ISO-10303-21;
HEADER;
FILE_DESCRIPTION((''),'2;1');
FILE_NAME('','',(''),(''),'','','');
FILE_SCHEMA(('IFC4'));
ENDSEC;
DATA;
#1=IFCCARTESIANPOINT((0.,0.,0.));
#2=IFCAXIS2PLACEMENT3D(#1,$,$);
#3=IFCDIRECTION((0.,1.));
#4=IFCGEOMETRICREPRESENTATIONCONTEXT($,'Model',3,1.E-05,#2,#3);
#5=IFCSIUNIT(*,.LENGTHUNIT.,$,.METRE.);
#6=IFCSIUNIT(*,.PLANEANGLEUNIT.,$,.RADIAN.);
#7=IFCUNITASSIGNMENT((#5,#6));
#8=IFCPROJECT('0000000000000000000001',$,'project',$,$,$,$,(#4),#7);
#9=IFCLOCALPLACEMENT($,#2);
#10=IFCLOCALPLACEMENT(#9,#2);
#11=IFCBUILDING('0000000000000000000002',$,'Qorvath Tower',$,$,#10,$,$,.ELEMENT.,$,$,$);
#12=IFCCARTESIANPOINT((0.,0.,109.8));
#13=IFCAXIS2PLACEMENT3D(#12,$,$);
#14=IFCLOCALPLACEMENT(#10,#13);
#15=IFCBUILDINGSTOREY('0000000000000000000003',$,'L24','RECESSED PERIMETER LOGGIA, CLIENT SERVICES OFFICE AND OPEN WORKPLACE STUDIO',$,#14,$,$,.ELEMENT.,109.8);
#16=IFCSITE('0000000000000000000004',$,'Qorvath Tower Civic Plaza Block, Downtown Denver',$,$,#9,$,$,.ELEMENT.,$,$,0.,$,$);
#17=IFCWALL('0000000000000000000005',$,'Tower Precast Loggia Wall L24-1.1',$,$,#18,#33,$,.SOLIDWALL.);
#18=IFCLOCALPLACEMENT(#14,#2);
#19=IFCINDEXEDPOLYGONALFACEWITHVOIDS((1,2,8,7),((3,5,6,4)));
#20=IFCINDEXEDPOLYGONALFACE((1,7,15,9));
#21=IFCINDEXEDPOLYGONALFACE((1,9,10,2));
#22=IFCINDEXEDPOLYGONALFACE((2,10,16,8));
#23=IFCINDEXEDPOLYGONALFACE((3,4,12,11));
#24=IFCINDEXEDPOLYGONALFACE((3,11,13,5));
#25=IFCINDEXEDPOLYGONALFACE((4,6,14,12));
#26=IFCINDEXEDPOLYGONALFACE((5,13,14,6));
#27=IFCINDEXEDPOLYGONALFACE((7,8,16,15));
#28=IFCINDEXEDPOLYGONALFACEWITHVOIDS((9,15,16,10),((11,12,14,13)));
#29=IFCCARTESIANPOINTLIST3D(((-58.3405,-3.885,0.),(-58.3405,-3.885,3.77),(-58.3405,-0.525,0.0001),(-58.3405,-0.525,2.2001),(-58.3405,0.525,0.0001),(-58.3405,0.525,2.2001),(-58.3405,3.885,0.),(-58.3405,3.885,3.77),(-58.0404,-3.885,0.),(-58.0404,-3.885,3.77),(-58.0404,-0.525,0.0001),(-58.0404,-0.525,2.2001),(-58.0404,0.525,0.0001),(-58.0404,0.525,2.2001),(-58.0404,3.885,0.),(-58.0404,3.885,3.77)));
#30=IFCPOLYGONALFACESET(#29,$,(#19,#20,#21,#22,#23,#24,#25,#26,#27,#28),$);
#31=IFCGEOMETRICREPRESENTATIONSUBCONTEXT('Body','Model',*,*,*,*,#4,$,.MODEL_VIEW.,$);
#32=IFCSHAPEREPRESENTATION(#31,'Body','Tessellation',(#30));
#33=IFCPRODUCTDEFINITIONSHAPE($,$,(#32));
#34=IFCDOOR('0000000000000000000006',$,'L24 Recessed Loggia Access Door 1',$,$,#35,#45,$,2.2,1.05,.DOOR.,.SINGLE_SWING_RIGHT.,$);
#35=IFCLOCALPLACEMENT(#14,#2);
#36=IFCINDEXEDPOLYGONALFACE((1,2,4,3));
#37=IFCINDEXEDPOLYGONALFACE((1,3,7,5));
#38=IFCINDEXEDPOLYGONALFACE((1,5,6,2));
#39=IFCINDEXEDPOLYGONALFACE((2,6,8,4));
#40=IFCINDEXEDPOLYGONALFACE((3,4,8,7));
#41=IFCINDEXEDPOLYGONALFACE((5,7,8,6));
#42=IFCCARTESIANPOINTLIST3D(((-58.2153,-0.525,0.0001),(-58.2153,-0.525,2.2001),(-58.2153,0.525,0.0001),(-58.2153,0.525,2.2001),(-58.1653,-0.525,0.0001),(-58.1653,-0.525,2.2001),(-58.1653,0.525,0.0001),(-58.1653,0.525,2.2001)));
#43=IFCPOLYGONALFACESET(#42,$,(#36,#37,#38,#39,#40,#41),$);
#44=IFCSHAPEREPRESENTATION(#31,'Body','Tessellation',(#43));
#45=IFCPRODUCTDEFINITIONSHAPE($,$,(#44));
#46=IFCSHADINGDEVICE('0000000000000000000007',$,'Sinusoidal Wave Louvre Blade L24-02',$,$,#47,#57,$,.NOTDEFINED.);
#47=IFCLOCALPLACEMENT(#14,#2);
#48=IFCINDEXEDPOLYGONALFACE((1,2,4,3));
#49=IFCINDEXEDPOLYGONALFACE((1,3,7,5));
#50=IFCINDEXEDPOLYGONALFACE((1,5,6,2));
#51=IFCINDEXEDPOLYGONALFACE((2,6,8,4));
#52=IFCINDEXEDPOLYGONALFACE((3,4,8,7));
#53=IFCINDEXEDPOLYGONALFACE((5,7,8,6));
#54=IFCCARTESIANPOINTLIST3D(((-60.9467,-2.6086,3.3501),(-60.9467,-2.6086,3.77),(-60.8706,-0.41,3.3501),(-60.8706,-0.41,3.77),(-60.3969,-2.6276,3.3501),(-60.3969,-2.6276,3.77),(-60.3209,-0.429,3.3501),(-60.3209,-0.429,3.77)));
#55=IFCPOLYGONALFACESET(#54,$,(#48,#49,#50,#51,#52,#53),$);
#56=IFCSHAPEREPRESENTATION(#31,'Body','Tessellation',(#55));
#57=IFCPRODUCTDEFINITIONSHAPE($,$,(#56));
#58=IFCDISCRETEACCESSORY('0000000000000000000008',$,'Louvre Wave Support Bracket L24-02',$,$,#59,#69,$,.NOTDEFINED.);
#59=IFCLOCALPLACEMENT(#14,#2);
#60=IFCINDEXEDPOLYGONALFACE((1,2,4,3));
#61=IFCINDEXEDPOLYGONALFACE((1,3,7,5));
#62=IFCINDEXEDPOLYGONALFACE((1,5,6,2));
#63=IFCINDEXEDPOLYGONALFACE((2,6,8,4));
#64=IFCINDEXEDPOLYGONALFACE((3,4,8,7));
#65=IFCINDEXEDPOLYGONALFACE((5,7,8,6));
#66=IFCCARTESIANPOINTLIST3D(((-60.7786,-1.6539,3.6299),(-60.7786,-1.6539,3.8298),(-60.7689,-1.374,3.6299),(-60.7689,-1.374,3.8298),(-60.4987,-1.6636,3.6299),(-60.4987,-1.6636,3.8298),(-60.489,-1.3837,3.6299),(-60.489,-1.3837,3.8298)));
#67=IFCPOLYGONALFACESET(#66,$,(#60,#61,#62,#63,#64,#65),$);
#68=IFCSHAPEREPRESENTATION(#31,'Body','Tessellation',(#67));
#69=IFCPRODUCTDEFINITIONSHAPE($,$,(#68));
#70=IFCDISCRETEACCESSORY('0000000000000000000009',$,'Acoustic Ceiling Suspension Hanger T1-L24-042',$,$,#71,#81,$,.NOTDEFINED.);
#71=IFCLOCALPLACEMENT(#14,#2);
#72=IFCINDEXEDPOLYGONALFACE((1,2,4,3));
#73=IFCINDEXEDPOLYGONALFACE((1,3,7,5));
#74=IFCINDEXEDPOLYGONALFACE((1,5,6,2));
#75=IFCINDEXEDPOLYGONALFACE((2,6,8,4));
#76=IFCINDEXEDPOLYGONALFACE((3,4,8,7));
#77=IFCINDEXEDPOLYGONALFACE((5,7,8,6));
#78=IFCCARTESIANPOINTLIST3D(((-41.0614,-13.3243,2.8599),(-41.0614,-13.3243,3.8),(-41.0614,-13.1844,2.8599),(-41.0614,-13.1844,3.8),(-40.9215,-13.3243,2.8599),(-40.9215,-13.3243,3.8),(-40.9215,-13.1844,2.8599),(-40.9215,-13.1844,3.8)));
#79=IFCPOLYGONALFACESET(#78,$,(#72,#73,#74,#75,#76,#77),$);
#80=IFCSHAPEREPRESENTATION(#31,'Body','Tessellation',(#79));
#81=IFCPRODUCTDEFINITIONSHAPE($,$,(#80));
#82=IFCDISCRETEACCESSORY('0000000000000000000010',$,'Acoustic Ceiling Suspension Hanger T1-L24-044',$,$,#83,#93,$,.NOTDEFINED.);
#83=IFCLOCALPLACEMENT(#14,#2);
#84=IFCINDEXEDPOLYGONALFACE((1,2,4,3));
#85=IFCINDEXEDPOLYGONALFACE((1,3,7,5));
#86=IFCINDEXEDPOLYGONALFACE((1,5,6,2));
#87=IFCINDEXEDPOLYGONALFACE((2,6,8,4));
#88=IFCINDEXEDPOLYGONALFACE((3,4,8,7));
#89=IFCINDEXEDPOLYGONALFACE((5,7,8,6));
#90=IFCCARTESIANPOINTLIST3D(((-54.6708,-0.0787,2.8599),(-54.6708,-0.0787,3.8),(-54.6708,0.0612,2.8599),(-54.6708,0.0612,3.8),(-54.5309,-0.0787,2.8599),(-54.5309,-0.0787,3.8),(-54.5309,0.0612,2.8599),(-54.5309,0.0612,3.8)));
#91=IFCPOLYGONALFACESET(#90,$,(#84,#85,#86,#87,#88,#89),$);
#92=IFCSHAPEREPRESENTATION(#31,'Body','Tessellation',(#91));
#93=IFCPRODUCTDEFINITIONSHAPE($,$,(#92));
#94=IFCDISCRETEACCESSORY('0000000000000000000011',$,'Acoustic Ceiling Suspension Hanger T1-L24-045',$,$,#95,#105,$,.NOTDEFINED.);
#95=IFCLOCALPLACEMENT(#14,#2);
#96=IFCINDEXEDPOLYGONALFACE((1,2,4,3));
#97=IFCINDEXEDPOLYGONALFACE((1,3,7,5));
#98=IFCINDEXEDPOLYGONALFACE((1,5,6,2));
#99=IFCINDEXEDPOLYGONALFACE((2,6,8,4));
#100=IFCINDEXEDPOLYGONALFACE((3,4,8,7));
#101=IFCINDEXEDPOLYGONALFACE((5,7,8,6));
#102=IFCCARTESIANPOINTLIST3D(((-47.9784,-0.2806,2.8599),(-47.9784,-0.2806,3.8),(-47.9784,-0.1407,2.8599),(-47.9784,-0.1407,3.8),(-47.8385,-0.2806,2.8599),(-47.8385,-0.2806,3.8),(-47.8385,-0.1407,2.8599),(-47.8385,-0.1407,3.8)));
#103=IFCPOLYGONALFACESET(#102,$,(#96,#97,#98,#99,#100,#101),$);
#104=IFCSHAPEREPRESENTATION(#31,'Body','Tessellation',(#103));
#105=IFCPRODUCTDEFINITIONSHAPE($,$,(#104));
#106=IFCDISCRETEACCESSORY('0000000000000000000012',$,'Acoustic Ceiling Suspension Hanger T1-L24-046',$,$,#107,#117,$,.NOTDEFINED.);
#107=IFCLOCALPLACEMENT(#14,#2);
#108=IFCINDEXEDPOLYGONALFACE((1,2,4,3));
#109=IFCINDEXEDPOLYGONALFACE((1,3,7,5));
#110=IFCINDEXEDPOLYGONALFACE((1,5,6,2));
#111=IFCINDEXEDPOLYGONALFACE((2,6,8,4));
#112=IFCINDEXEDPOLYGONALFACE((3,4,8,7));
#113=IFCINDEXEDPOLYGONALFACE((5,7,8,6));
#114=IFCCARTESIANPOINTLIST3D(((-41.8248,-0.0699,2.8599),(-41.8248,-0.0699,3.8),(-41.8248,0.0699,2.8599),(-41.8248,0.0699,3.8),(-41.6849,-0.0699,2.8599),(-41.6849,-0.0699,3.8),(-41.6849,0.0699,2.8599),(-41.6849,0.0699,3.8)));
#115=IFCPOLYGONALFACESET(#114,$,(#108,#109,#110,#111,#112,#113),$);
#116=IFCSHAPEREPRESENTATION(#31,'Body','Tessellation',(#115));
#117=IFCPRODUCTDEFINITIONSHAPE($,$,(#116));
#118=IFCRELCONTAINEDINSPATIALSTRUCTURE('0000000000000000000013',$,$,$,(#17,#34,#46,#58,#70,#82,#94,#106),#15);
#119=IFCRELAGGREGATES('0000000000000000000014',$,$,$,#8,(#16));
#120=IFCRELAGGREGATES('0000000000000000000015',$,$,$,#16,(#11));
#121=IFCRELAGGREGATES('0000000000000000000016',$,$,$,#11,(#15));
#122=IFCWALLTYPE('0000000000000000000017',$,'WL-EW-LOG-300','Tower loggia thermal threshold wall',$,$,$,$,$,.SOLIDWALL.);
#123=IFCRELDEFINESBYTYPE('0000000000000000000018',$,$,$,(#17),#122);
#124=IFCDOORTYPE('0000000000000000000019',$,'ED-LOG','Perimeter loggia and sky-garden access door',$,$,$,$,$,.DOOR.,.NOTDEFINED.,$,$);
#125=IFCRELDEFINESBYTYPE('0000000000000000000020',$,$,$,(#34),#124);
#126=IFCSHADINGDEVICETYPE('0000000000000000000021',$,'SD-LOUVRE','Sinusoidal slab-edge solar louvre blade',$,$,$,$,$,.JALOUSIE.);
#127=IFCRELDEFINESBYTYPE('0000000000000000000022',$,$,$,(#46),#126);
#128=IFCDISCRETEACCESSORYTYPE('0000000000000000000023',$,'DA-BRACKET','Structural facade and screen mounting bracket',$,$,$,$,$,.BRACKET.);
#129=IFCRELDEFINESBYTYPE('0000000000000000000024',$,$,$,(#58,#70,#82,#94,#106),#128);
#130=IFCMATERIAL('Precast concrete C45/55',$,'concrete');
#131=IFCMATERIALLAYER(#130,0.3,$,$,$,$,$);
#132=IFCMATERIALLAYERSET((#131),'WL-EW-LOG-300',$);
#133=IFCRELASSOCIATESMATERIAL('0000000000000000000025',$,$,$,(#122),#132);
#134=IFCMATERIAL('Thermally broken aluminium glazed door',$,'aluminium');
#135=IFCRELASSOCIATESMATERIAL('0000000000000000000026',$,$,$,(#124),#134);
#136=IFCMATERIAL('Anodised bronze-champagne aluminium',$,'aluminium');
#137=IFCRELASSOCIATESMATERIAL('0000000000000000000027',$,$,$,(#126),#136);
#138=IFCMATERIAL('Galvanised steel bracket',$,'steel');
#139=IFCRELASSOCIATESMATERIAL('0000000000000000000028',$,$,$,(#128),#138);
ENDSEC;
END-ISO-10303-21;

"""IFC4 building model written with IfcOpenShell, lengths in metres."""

from ifc_helpers import new_model, si_unit, direction, frame, frame_2d, origin, origin_2d, place, context, subcontext, project, spatial, rectangle, extrude, material, layer, layer_set, type_object, element, fill, save


model = new_model("IFC4")

# Units and contexts
model_context = context("Model", 3, precision=1e-05, world=origin(), true_north=direction((0.0, 1.0)))
body_context = subcontext(model_context, "Body", "Model", "MODEL_VIEW")
ifc_project = project(units=[si_unit("LENGTHUNIT", "METRE"), si_unit("PLANEANGLEUNIT", "RADIAN")], contexts=[model_context])

# Site, building, storey
site_placement = place(None, origin())
site = spatial("IfcSite", under=ifc_project, at=site_placement, Name="Qorvath Tower Civic Plaza Block, Downtown Denver", CompositionType="ELEMENT", RefElevation=0.0)
building_placement = place(site_placement, origin())
building = spatial("IfcBuilding", under=site, at=building_placement, Name="Qorvath Tower", CompositionType="ELEMENT")
storey_placement = place(building_placement, frame((0.0, 0.0, 109.8)))
storey = spatial("IfcBuildingStorey", under=building, at=storey_placement, Name="L24", Description="RECESSED PERIMETER LOGGIA, CLIENT SERVICES OFFICE AND OPEN WORKPLACE STUDIO", CompositionType="ELEMENT", Elevation=109.8)

# Wall, opening, door
ifc_material_1 = material(Name="Precast concrete C45/55", Category="concrete")
ifc_layer_1 = layer(ifc_material_1, 0.3)
ifc_layer_set_1 = layer_set([ifc_layer_1], Name="WL-EW-LOG-300")
wall_type_1 = type_object("IfcWallType", Name="WL-EW-LOG-300", Description="Tower loggia thermal threshold wall", PredefinedType="SOLIDWALL", material=ifc_layer_set_1)
wall_1_placement = place(storey_placement, frame((-58.1904, -3.885, 0.0), z_axis=(0.0, 0.0, 1.0), x_axis=(0.0, 1.0, 0.0)))
wall_1 = element("IfcWall", 1, at=wall_1_placement, inside=storey, type_object=wall_type_1, Name="Tower Precast Loggia Wall L24-1.1", PredefinedType="SOLIDWALL", context=body_context, shape_type="SweptSolid", body=[
    extrude(rectangle(XDim=7.77, YDim=0.3, at=frame_2d((3.885, 0.0))), origin(), (0.0, 0.0, 1.0), 3.77),
])
opening_1_placement = place(wall_1_placement, frame((3.3601, 0.0, 0.0)))
opening_1 = element("IfcOpeningElement", 2, at=opening_1_placement, cuts=wall_1, PredefinedType="OPENING", context=body_context, shape_type="SweptSolid", body=[
    extrude(rectangle(XDim=1.05, YDim=2.2, at=frame_2d((0.5249, 1.1001))), frame((0.0, 0.1602, 0.0), z_axis=(0.0, -1.0, 0.0), x_axis=(1.0, 0.0, 0.0)), (0.0, 0.0, 1.0), 0.3201),
])
ifc_material_2 = material(Name="Thermally broken aluminium glazed door", Category="aluminium")
door_type_1 = type_object("IfcDoorType", Name="ED-LOG", Description="Perimeter loggia and sky-garden access door", OperationType="NOTDEFINED", PredefinedType="DOOR", material=ifc_material_2)
door_1_placement = place(opening_1_placement, origin())
door_1 = element("IfcDoor", 3, at=door_1_placement, inside=storey, type_object=door_type_1, Name="L24 Recessed Loggia Access Door 1", OperationType="SINGLE_SWING_RIGHT", OverallHeight=2.2, OverallWidth=1.05, PredefinedType="DOOR", context=body_context, shape_type="SweptSolid", body=[
    extrude(rectangle(XDim=1.05, YDim=2.2, at=frame_2d((0.5249, 1.1001))), frame((0.0, 0.0249, 0.0), z_axis=(0.0, -1.0, 0.0), x_axis=(1.0, 0.0, 0.0)), (0.0, 0.0, 1.0), 0.05),
])
fill(opening_1, door_1)

# Shading device
ifc_material_3 = material(Name="Anodised bronze-champagne aluminium", Category="aluminium")
shading_device_type = type_object("IfcShadingDeviceType", Name="SD-LOUVRE", Description="Sinusoidal slab-edge solar louvre blade", PredefinedType="JALOUSIE", material=ifc_material_3)
shading_device_placement = place(storey_placement, frame((-60.6338, -1.5188, 3.3501), z_axis=(0.0, 0.0, 1.0), x_axis=(-0.034559, -0.999403, 0.0)))
element("IfcShadingDevice", 4, at=shading_device_placement, inside=storey, type_object=shading_device_type, Name="Sinusoidal Wave Louvre Blade L24-02", PredefinedType="NOTDEFINED", context=body_context, shape_type="SweptSolid", body=[
    extrude(rectangle(XDim=2.2, YDim=0.55, at=origin_2d()), origin(), (0.0, 0.0, 1.0), 0.4199),
])

# Discrete accessories
ifc_material_4 = material(Name="Galvanised steel bracket", Category="steel")
discrete_accessory_type = type_object("IfcDiscreteAccessoryType", Name="DA-BRACKET", Description="Structural facade and screen mounting bracket", PredefinedType="BRACKET", material=ifc_material_4)
discrete_accessory_placement = place(storey_placement, frame((-60.6338, -1.5188, 3.6299), z_axis=(0.0, 0.0, 1.0), x_axis=(-0.034559, -0.999403, 0.0)))
element("IfcDiscreteAccessory", 5, at=discrete_accessory_placement, inside=storey, type_object=discrete_accessory_type, Name="Louvre Wave Support Bracket L24-02", PredefinedType="NOTDEFINED", context=body_context, shape_type="SweptSolid", body=[
    extrude(rectangle(XDim=0.28, YDim=0.28, at=origin_2d()), origin(), (0.0, 0.0, 1.0), 0.2),
])
for number, where, z_axis, x_axis, name in (
    (6, (-40.9915, -13.2544, 2.8599), (0.0, 0.0, 1.0), (1.0, 0.0, 0.0), "Acoustic Ceiling Suspension Hanger T1-L24-042"),
    (7, (-54.6008, -0.0088, 2.8599), (0.0, 0.0, 1.0), (1.0, 0.0, 0.0), "Acoustic Ceiling Suspension Hanger T1-L24-044"),
    (8, (-47.9084, -0.2107, 2.8599), (0.0, 0.0, 1.0), (1.0, 0.0, 0.0), "Acoustic Ceiling Suspension Hanger T1-L24-045"),
    (9, (-41.7549, 0.0, 2.8599), (0.0, 0.0, 1.0), (1.0, 0.0, 0.0), "Acoustic Ceiling Suspension Hanger T1-L24-046"),
):
    element("IfcDiscreteAccessory", number, at=place(storey_placement, frame(where, z_axis=z_axis, x_axis=x_axis)), inside=storey, type_object=discrete_accessory_type, Name=name, PredefinedType="NOTDEFINED", context=body_context, shape_type="SweptSolid", body=[
        extrude(rectangle(XDim=0.1399, YDim=0.1399, at=origin_2d()), origin(), (0.0, 0.0, 1.0), 0.9402),
    ])

save(model, "model.ifc")
